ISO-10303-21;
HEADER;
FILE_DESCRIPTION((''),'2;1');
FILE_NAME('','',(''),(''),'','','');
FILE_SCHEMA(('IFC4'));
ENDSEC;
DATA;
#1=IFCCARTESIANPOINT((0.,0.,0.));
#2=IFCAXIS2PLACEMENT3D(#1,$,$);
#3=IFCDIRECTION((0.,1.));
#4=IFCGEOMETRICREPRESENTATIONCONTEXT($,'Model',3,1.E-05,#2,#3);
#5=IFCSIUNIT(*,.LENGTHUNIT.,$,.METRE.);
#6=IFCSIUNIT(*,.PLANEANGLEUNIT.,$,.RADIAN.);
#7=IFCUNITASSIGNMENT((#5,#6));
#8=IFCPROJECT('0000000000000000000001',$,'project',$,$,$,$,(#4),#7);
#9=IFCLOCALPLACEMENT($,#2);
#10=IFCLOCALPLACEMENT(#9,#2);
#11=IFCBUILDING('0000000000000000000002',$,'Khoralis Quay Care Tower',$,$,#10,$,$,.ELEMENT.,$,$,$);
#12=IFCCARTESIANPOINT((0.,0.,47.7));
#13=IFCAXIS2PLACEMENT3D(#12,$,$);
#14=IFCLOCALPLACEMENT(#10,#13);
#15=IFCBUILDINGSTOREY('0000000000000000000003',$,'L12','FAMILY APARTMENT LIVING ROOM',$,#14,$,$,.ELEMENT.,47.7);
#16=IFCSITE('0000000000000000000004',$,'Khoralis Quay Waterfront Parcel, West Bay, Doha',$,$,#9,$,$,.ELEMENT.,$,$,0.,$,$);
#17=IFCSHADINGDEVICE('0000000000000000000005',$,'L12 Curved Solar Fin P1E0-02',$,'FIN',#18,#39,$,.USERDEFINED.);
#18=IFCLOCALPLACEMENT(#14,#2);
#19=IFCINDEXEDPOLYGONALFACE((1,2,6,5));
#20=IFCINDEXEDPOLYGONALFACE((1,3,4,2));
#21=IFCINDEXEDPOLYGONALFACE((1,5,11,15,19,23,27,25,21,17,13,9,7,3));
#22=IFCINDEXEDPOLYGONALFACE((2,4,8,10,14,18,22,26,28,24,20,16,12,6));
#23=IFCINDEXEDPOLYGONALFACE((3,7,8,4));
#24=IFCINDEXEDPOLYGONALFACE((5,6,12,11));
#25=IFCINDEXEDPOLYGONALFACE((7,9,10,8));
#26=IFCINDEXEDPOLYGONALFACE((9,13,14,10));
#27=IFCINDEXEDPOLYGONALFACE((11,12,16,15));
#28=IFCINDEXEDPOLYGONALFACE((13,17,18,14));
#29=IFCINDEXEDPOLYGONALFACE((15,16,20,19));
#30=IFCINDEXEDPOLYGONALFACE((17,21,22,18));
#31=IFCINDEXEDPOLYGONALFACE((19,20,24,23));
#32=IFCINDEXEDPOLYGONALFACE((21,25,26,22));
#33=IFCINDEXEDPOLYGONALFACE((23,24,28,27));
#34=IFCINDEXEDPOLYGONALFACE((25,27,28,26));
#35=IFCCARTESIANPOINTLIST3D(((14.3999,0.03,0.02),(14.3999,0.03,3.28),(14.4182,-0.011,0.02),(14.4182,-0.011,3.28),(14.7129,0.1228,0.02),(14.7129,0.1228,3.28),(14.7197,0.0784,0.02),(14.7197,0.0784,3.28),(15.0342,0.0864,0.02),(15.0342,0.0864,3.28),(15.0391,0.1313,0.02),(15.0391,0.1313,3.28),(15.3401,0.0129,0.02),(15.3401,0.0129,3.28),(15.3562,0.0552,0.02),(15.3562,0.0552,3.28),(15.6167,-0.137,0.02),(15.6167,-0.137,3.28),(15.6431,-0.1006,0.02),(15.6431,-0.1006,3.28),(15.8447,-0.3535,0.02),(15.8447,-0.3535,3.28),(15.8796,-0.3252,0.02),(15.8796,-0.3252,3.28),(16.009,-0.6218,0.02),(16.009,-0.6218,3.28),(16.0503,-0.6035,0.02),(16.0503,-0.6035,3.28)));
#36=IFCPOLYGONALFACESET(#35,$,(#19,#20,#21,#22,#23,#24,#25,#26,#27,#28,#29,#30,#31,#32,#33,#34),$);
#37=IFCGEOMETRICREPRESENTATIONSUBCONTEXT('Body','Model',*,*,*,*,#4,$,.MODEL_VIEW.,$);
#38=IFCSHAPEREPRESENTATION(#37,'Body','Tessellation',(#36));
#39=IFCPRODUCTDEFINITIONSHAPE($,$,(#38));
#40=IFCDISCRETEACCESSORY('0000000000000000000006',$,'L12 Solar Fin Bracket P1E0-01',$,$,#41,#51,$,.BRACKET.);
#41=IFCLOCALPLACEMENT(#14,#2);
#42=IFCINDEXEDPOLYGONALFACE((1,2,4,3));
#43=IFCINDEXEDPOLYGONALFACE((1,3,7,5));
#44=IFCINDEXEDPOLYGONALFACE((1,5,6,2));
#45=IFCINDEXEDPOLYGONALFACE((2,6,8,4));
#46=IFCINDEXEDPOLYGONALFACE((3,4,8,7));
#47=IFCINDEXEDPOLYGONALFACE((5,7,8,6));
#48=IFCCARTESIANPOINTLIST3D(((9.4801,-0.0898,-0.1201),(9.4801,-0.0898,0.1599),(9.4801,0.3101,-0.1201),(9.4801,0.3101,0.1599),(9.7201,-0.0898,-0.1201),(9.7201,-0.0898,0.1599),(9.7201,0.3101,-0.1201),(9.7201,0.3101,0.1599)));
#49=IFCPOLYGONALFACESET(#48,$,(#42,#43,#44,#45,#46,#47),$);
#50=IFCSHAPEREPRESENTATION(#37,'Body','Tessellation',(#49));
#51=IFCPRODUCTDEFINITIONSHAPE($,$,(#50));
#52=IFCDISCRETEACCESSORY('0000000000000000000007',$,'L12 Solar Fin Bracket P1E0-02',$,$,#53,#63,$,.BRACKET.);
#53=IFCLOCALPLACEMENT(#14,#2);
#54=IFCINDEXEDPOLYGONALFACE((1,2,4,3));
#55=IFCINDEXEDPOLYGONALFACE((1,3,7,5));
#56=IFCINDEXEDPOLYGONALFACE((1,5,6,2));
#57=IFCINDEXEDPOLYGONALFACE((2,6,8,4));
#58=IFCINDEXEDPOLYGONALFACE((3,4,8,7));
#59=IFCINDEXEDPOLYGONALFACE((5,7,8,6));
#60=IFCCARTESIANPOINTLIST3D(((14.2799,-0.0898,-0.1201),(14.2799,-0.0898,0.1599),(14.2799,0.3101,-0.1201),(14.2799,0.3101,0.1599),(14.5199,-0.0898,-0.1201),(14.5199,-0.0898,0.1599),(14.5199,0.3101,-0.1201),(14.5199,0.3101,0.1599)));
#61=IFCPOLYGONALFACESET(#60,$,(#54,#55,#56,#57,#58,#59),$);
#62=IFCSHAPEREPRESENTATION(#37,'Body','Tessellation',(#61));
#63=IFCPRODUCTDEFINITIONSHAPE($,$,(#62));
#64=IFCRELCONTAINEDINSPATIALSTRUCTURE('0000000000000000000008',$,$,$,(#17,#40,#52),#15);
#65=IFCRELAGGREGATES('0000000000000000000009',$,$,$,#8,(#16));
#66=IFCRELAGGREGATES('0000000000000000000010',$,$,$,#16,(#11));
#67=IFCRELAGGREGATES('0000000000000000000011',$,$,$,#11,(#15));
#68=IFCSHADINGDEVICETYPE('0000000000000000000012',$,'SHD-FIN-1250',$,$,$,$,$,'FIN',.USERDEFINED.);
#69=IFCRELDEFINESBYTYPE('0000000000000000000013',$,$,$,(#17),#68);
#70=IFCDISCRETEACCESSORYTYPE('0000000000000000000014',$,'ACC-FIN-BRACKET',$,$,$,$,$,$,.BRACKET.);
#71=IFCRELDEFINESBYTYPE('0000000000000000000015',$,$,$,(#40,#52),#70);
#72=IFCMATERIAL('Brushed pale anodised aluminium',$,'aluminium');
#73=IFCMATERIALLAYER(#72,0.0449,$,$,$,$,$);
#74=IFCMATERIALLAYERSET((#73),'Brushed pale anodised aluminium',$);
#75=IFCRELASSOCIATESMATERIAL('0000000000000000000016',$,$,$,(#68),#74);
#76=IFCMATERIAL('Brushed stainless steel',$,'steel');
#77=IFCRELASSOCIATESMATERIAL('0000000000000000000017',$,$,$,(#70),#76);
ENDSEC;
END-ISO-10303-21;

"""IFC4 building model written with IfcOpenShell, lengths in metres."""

from ifc_helpers import new_model, si_unit, direction, frame, origin, origin_2d, place, context, subcontext, project, spatial, polyline, rectangle, outline, extrude, source, transform, mapped, material, layer, layer_set, type_object, element, save


model = new_model("IFC4")

# Units and contexts
model_context = context("Model", 3, precision=1e-05, world=origin(), true_north=direction((0.0, 1.0)))
body_context = subcontext(model_context, "Body", "Model", "MODEL_VIEW")
ifc_project = project(units=[si_unit("LENGTHUNIT", "METRE"), si_unit("PLANEANGLEUNIT", "RADIAN")], contexts=[model_context])

# Site, building, storey
site_placement = place(None, origin())
site = spatial("IfcSite", under=ifc_project, at=site_placement, Name="Khoralis Quay Waterfront Parcel, West Bay, Doha", CompositionType="ELEMENT", RefElevation=0.0)
building_placement = place(site_placement, origin())
building = spatial("IfcBuilding", under=site, at=building_placement, Name="Khoralis Quay Care Tower", CompositionType="ELEMENT")
storey_placement = place(building_placement, frame((0.0, 0.0, 47.7)))
storey = spatial("IfcBuildingStorey", under=building, at=storey_placement, Name="L12", Description="FAMILY APARTMENT LIVING ROOM", CompositionType="ELEMENT", Elevation=47.7)

# Shading device
ifc_material_1 = material(Name="Brushed pale anodised aluminium", Category="aluminium")
ifc_layer_1 = layer(ifc_material_1, 0.0449)
ifc_layer_set_1 = layer_set([ifc_layer_1], Name="Brushed pale anodised aluminium")
shading_device_type = type_object("IfcShadingDeviceType", Name="SHD-FIN-1250", ElementType="FIN", PredefinedType="USERDEFINED", material=ifc_layer_set_1)
shared_shape_1 = source(origin(), body_context, "Body", "SweptSolid", [
    extrude(outline(polyline([(0.0, 0.0), (-0.0928, 0.313), (-0.1013, 0.6392), (-0.0251, 0.9563), (0.1306, 1.2432), (0.3552, 1.4797), (0.6335, 1.6504), (0.6519, 1.6091), (0.3835, 1.4448), (0.167, 1.2168), (0.0171, 0.9402), (-0.0564, 0.6343), (-0.0483, 0.3198), (0.041, 0.0183), (0.0, 0.0)])), origin(), (0.0, 0.0, 1.0), 3.26),
])
for number, where, z_axis, x_axis, name in (
    (1, (14.3999, 0.03, 0.02), (0.0, 0.0, 1.0), (0.0, -1.0, 0.0), "L12 Curved Solar Fin P1E0-02"),
):
    element("IfcShadingDevice", number, at=place(storey_placement, frame(where, z_axis=z_axis, x_axis=x_axis)), inside=storey, type_object=shading_device_type, Name=name, ObjectType="FIN", PredefinedType="USERDEFINED", context=body_context, shape_type="MappedRepresentation", body=[
        mapped(shared_shape_1, transform((0.0, 0.0, 0.0), scale=1.0)),
    ])

# Discrete accessories
ifc_material_2 = material(Name="Brushed stainless steel", Category="steel")
discrete_accessory_type = type_object("IfcDiscreteAccessoryType", Name="ACC-FIN-BRACKET", PredefinedType="BRACKET", material=ifc_material_2)
shared_shape_2 = source(origin(), body_context, "Body", "SweptSolid", [
    extrude(rectangle(XDim=0.3999, YDim=0.24, at=origin_2d()), origin(), (0.0, 0.0, 1.0), 0.28),
])
for number, where, z_axis, x_axis, name in (
    (2, (9.6001, 0.1101, -0.1201), (0.0, 0.0, 1.0), (0.0, -1.0, 0.0), "L12 Solar Fin Bracket P1E0-01"),
    (3, (14.3999, 0.1101, -0.1201), (0.0, 0.0, 1.0), (0.0, -1.0, 0.0), "L12 Solar Fin Bracket P1E0-02"),
):
    element("IfcDiscreteAccessory", number, at=place(storey_placement, frame(where, z_axis=z_axis, x_axis=x_axis)), inside=storey, type_object=discrete_accessory_type, Name=name, PredefinedType="BRACKET", context=body_context, shape_type="MappedRepresentation", body=[
        mapped(shared_shape_2, transform((0.0, 0.0, 0.0), scale=1.0)),
    ])

save(model, "model.ifc")
